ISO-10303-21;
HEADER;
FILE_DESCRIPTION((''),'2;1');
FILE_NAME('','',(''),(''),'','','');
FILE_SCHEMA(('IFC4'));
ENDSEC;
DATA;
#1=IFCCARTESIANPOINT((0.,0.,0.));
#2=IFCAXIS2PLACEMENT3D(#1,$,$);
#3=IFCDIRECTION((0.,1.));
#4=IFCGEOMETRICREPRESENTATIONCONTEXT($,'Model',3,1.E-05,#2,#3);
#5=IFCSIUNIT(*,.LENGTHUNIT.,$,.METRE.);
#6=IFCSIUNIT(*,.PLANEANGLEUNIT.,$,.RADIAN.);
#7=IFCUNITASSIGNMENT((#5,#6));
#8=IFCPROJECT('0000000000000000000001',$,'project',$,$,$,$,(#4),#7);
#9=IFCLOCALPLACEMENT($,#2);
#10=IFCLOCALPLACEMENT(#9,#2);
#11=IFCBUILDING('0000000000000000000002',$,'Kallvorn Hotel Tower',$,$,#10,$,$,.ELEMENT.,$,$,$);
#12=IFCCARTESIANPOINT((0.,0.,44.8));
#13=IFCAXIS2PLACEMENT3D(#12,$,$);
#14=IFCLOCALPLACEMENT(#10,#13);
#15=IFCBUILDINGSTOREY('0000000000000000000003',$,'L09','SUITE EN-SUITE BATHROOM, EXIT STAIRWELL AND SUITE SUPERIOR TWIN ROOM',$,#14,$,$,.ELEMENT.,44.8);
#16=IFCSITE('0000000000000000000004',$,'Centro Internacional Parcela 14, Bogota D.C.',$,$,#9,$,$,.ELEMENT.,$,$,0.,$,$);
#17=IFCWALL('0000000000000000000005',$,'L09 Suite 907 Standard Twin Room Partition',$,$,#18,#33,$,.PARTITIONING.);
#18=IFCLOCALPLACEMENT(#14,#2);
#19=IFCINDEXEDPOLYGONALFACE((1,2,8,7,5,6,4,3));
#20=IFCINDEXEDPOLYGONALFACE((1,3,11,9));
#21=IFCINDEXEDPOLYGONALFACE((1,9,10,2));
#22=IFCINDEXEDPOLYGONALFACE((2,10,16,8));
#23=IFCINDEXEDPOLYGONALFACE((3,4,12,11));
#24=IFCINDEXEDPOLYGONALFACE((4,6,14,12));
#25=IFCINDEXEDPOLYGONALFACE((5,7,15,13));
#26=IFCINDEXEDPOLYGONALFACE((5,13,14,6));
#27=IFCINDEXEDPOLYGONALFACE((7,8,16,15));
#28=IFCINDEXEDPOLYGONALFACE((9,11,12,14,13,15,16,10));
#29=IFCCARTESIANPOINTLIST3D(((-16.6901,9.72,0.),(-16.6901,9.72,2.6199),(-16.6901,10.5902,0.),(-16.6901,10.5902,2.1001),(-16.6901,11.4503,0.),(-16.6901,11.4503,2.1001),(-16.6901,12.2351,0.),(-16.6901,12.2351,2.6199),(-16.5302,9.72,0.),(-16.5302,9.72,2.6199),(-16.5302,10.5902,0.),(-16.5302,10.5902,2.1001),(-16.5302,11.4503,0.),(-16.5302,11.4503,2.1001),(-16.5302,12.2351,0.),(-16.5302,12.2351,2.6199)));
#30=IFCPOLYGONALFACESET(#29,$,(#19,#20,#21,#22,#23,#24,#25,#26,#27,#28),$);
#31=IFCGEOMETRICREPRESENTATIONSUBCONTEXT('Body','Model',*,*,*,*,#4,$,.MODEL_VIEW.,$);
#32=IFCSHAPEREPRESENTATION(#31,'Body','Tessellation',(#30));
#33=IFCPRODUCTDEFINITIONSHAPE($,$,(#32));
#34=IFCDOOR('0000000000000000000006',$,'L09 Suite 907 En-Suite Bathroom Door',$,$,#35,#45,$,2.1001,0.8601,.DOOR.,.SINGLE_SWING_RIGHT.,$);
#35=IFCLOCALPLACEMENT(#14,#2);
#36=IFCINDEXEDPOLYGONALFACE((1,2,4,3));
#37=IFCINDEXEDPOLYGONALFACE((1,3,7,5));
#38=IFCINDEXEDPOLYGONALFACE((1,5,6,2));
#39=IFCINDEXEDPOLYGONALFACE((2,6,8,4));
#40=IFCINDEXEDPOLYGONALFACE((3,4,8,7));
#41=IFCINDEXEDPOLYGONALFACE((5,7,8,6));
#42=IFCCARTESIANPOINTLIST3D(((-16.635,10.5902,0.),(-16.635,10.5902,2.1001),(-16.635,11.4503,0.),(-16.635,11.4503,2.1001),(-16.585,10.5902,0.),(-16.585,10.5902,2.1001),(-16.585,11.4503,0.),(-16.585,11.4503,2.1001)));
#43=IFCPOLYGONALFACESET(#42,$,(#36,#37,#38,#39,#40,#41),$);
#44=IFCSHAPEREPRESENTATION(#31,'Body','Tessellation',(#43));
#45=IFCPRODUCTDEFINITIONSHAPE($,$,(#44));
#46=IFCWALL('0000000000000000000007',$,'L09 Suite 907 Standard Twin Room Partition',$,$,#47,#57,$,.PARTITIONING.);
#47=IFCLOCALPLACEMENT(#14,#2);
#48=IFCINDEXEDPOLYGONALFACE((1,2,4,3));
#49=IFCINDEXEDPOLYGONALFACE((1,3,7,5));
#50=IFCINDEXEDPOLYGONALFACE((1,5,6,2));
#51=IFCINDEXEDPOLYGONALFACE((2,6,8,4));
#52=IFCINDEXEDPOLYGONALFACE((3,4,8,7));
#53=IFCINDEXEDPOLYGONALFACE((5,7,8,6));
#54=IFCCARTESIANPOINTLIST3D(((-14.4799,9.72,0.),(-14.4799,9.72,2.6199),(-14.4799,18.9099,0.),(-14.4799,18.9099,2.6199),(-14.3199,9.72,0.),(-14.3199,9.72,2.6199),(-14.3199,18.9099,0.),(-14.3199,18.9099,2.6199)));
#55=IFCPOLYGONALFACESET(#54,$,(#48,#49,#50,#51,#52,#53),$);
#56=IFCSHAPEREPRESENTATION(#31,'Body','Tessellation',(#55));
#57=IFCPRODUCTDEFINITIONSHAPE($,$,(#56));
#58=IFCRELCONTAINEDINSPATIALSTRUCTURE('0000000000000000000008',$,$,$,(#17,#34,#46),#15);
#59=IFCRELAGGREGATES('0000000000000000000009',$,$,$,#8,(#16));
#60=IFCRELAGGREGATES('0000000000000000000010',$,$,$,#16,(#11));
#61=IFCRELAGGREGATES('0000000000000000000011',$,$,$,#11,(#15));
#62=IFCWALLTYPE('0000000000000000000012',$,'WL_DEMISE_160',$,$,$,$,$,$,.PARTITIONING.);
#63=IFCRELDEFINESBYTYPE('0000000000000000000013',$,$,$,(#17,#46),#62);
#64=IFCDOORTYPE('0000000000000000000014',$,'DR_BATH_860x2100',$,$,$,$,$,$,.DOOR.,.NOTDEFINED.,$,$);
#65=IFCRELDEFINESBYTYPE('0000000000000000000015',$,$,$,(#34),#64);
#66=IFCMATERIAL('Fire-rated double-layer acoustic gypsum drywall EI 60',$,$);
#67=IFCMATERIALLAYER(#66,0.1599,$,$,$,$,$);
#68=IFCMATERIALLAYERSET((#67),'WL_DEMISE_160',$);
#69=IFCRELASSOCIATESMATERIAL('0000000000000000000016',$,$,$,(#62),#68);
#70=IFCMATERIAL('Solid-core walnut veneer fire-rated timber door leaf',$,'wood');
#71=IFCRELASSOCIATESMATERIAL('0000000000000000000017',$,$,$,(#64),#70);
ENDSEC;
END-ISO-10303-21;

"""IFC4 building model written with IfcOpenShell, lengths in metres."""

from ifc_helpers import new_model, si_unit, direction, frame, frame_2d, origin, place, context, subcontext, project, spatial, rectangle, extrude, material, layer, layer_set, type_object, element, fill, save


model = new_model("IFC4")

# Units and contexts
model_context = context("Model", 3, precision=1e-05, world=origin(), true_north=direction((0.0, 1.0)))
body_context = subcontext(model_context, "Body", "Model", "MODEL_VIEW")
ifc_project = project(units=[si_unit("LENGTHUNIT", "METRE"), si_unit("PLANEANGLEUNIT", "RADIAN")], contexts=[model_context])

# Site, building, storey
site_placement = place(None, origin())
site = spatial("IfcSite", under=ifc_project, at=site_placement, Name="Centro Internacional Parcela 14, Bogota D.C.", CompositionType="ELEMENT", RefElevation=0.0)
building_placement = place(site_placement, origin())
building = spatial("IfcBuilding", under=site, at=building_placement, Name="Kallvorn Hotel Tower", CompositionType="ELEMENT")
storey_placement = place(building_placement, frame((0.0, 0.0, 44.8)))
storey = spatial("IfcBuildingStorey", under=building, at=storey_placement, Name="L09", Description="SUITE EN-SUITE BATHROOM, EXIT STAIRWELL AND SUITE SUPERIOR TWIN ROOM", CompositionType="ELEMENT", Elevation=44.8)

# Shared definitions
ifc_material_1 = material(Name="Fire-rated double-layer acoustic gypsum drywall EI 60")
ifc_layer_1 = layer(ifc_material_1, 0.1599)
ifc_layer_set_1 = layer_set([ifc_layer_1], Name="WL_DEMISE_160")
wall_type = type_object("IfcWallType", Name="WL_DEMISE_160", PredefinedType="PARTITIONING", material=ifc_layer_set_1)

# Wall, opening, door
wall_1_placement = place(storey_placement, frame((-16.6101, 9.72, 0.0), z_axis=(0.0, 0.0, 1.0), x_axis=(0.0, 1.0, 0.0)))
wall_1 = element("IfcWall", 1, at=wall_1_placement, inside=storey, type_object=wall_type, Name="L09 Suite 907 Standard Twin Room Partition", PredefinedType="PARTITIONING", context=body_context, shape_type="SweptSolid", body=[
    extrude(rectangle(XDim=2.5151, YDim=0.1599, at=frame_2d((1.2576, 0.0))), origin(), (0.0, 0.0, 1.0), 2.6199),
])
opening_placement = place(wall_1_placement, frame((0.8701, 0.0, 0.0)))
opening = element("IfcOpeningElement", 2, at=opening_placement, cuts=wall_1, PredefinedType="OPENING", context=body_context, shape_type="SweptSolid", body=[
    extrude(rectangle(XDim=0.8601, YDim=2.1001, at=frame_2d((0.4302, 1.05))), frame((0.0, 0.095, 0.0), z_axis=(0.0, -1.0, 0.0), x_axis=(1.0, 0.0, 0.0)), (0.0, 0.0, 1.0), 0.1899),
])
ifc_material_2 = material(Name="Solid-core walnut veneer fire-rated timber door leaf", Category="wood")
door_type = type_object("IfcDoorType", Name="DR_BATH_860x2100", OperationType="NOTDEFINED", PredefinedType="DOOR", material=ifc_material_2)
door_placement = place(opening_placement, origin())
door = element("IfcDoor", 3, at=door_placement, inside=storey, type_object=door_type, Name="L09 Suite 907 En-Suite Bathroom Door", OperationType="SINGLE_SWING_RIGHT", OverallHeight=2.1001, OverallWidth=0.8601, PredefinedType="DOOR", context=body_context, shape_type="SweptSolid", body=[
    extrude(rectangle(XDim=0.8601, YDim=2.1001, at=frame_2d((0.4302, 1.05))), frame((0.0, 0.0249, 0.0), z_axis=(0.0, -1.0, 0.0), x_axis=(1.0, 0.0, 0.0)), (0.0, 0.0, 1.0), 0.05),
])
fill(opening, door)

# Wall
wall_2_placement = place(storey_placement, frame((-14.3999, 9.72, 0.0), z_axis=(0.0, 0.0, 1.0), x_axis=(0.0, 1.0, 0.0)))
element("IfcWall", 4, at=wall_2_placement, inside=storey, type_object=wall_type, Name="L09 Suite 907 Standard Twin Room Partition", PredefinedType="PARTITIONING", context=body_context, shape_type="SweptSolid", body=[
    extrude(rectangle(XDim=9.1899, YDim=0.1599, at=frame_2d((4.595, 0.0))), origin(), (0.0, 0.0, 1.0), 2.6199),
])

save(model, "model.ifc")
